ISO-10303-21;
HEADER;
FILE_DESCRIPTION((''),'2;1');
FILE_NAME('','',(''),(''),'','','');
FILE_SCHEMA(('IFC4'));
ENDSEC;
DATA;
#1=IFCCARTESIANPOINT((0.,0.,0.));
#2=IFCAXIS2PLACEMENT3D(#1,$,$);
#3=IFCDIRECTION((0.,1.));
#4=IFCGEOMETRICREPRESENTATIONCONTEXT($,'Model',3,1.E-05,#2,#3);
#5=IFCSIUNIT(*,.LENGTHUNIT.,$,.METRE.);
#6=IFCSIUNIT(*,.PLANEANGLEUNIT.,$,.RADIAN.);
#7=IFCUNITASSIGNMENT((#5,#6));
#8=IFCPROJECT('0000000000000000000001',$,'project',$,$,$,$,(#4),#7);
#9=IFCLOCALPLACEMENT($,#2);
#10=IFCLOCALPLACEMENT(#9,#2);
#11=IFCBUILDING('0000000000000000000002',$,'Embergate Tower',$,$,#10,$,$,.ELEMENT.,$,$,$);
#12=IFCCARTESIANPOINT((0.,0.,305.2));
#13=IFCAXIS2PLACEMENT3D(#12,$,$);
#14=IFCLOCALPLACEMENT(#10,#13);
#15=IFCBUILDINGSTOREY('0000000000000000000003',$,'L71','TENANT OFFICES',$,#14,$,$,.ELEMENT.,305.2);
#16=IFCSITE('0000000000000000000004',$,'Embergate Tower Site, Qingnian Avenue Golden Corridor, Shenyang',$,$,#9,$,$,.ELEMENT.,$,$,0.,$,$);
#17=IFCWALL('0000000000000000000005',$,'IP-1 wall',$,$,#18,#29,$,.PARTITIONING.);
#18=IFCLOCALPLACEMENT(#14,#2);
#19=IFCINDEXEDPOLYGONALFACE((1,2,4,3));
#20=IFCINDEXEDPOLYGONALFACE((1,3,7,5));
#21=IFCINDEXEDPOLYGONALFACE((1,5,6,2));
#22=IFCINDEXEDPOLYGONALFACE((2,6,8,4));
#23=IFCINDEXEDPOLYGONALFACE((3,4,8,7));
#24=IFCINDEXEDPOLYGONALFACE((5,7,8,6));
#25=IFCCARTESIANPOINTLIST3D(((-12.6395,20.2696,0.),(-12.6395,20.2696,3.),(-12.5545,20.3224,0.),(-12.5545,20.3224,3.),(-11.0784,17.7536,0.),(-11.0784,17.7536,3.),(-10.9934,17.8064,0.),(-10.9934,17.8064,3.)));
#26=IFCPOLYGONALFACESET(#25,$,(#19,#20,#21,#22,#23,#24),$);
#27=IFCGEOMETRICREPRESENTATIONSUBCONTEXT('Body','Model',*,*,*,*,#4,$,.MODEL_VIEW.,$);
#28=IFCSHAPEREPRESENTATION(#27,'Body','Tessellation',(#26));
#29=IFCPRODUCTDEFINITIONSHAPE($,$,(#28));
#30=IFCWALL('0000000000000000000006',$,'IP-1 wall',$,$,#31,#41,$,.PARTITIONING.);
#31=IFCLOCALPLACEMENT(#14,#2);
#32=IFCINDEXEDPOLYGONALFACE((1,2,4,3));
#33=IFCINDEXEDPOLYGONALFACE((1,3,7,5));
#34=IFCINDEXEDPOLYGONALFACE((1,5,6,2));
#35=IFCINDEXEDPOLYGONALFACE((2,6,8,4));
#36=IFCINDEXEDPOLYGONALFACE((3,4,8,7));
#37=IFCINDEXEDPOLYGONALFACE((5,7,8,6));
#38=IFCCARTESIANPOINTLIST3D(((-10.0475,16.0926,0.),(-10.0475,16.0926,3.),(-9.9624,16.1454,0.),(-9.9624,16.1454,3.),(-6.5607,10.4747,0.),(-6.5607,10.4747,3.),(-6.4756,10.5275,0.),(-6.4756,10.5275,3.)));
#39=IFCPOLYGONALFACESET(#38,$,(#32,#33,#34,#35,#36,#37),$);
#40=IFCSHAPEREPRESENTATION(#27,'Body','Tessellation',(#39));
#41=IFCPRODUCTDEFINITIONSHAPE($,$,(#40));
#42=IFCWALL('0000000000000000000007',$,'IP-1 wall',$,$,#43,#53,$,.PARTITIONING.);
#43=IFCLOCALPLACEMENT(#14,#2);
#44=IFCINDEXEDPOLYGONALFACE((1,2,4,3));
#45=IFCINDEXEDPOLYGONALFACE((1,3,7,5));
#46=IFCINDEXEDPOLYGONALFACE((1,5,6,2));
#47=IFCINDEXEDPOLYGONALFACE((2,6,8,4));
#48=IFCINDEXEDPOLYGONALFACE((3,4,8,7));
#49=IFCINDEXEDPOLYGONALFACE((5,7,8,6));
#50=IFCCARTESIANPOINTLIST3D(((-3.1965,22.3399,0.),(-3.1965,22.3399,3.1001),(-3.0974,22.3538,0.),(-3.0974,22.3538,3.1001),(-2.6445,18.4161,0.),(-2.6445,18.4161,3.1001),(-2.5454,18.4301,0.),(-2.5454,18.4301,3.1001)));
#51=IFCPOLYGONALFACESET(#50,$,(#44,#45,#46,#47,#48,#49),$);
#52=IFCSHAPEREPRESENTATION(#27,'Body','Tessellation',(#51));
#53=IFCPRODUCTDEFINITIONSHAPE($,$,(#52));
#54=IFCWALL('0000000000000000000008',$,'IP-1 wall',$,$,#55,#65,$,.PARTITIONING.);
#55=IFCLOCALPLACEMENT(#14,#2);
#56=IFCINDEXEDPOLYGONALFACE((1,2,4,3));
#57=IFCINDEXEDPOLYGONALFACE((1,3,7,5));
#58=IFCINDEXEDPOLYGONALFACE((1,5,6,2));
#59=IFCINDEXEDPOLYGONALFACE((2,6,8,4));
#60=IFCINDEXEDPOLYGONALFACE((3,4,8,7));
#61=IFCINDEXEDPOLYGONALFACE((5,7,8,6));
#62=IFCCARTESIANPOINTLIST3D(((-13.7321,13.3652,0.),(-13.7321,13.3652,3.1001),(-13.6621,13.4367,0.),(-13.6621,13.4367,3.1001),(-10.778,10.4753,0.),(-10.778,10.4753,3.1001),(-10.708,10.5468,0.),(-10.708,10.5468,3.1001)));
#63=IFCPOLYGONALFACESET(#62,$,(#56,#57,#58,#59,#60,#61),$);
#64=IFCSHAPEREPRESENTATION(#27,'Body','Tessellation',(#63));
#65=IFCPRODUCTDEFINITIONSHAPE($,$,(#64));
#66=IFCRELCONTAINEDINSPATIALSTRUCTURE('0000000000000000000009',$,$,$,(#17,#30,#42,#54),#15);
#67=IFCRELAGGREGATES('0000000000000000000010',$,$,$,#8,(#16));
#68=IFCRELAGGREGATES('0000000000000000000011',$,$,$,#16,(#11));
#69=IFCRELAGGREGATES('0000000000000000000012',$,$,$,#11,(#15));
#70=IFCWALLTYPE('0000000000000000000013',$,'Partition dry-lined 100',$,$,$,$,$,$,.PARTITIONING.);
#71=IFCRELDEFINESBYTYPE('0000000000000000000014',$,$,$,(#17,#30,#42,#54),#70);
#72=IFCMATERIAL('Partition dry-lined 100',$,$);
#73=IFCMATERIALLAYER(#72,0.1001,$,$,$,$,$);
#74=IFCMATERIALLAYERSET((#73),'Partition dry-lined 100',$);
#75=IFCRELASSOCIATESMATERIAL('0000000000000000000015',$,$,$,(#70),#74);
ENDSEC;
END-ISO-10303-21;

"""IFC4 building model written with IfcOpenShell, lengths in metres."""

from ifc_helpers import new_model, si_unit, direction, frame, frame_2d, origin, place, context, subcontext, project, spatial, rectangle, extrude, source, transform, mapped, material, layer, layer_set, type_object, element, save


model = new_model("IFC4")

# Units and contexts
model_context = context("Model", 3, precision=1e-05, world=origin(), true_north=direction((0.0, 1.0)))
body_context = subcontext(model_context, "Body", "Model", "MODEL_VIEW")
ifc_project = project(units=[si_unit("LENGTHUNIT", "METRE"), si_unit("PLANEANGLEUNIT", "RADIAN")], contexts=[model_context])

# Site, building, storey
site_placement = place(None, origin())
site = spatial("IfcSite", under=ifc_project, at=site_placement, Name="Embergate Tower Site, Qingnian Avenue Golden Corridor, Shenyang", CompositionType="ELEMENT", RefElevation=0.0)
building_placement = place(site_placement, origin())
building = spatial("IfcBuilding", under=site, at=building_placement, Name="Embergate Tower", CompositionType="ELEMENT")
storey_placement = place(building_placement, frame((0.0, 0.0, 305.2)))
storey = spatial("IfcBuildingStorey", under=building, at=storey_placement, Name="L71", Description="TENANT OFFICES", CompositionType="ELEMENT", Elevation=305.2)

# Walls
ifc_material_1 = material(Name="Partition dry-lined 100")
ifc_layer_1 = layer(ifc_material_1, 0.1001)
ifc_layer_set_1 = layer_set([ifc_layer_1], Name="Partition dry-lined 100")
wall_type_1 = type_object("IfcWallType", Name="Partition dry-lined 100", PredefinedType="PARTITIONING", material=ifc_layer_set_1)
shared_shape_1 = source(origin(), body_context, "Body", "SweptSolid", [
    extrude(rectangle(XDim=2.9609, YDim=0.1001, at=frame_2d((1.4805, 0.0))), origin(), (0.0, 0.0, 1.0), 3.0),
])
wall_1_placement = place(storey_placement, frame((-11.0359, 17.78, 0.0), z_axis=(0.0, 0.0, 1.0), x_axis=(-0.527231, 0.849722, 0.0)))
element("IfcWall", 1, at=wall_1_placement, inside=storey, type_object=wall_type_1, Name="IP-1 wall", PredefinedType="PARTITIONING", context=body_context, shape_type="MappedRepresentation", body=[
    mapped(shared_shape_1, transform((0.0, 0.0, 0.0))),
])
shared_shape_2 = source(origin(), body_context, "Body", "SweptSolid", [
    extrude(rectangle(XDim=6.6121, YDim=0.1001, at=frame_2d((3.3062, 0.0))), origin(), (0.0, 0.0, 1.0), 3.0),
])
wall_2_placement = place(storey_placement, frame((-6.5181, 10.501, 0.0), z_axis=(0.0, 0.0, 1.0), x_axis=(-0.527344, 0.849652, 0.0)))
element("IfcWall", 2, at=wall_2_placement, inside=storey, type_object=wall_type_1, Name="IP-1 wall", PredefinedType="PARTITIONING", context=body_context, shape_type="MappedRepresentation", body=[
    mapped(shared_shape_2, transform((0.0, 0.0, 0.0))),
])
shared_shape_3 = source(origin(), body_context, "Body", "SweptSolid", [
    extrude(rectangle(XDim=3.9624, YDim=0.1001, at=frame_2d((1.9812, 0.0))), origin(), (0.0, 0.0, 1.0), 3.1001),
])
wall_3_placement = place(storey_placement, frame((-2.595, 18.4231, 0.0), z_axis=(0.0, 0.0, 1.0), x_axis=(-0.139308, 0.990249, 0.0)))
element("IfcWall", 3, at=wall_3_placement, inside=storey, type_object=wall_type_1, Name="IP-1 wall", PredefinedType="PARTITIONING", context=body_context, shape_type="MappedRepresentation", body=[
    mapped(shared_shape_3, transform((0.0, 0.0, 0.0))),
])
shared_shape_4 = source(origin(), body_context, "Body", "SweptSolid", [
    extrude(rectangle(XDim=4.1326, YDim=0.1001, at=frame_2d((2.0664, 0.0))), origin(), (0.0, 0.0, 1.0), 3.1001),
])
wall_4_placement = place(storey_placement, frame((-10.7429, 10.511, 0.0), z_axis=(0.0, 0.0, 1.0), x_axis=(-0.714833, 0.699295, 0.0)))
element("IfcWall", 4, at=wall_4_placement, inside=storey, type_object=wall_type_1, Name="IP-1 wall", PredefinedType="PARTITIONING", context=body_context, shape_type="MappedRepresentation", body=[
    mapped(shared_shape_4, transform((0.0, 0.0, 0.0))),
])

save(model, "model.ifc")
